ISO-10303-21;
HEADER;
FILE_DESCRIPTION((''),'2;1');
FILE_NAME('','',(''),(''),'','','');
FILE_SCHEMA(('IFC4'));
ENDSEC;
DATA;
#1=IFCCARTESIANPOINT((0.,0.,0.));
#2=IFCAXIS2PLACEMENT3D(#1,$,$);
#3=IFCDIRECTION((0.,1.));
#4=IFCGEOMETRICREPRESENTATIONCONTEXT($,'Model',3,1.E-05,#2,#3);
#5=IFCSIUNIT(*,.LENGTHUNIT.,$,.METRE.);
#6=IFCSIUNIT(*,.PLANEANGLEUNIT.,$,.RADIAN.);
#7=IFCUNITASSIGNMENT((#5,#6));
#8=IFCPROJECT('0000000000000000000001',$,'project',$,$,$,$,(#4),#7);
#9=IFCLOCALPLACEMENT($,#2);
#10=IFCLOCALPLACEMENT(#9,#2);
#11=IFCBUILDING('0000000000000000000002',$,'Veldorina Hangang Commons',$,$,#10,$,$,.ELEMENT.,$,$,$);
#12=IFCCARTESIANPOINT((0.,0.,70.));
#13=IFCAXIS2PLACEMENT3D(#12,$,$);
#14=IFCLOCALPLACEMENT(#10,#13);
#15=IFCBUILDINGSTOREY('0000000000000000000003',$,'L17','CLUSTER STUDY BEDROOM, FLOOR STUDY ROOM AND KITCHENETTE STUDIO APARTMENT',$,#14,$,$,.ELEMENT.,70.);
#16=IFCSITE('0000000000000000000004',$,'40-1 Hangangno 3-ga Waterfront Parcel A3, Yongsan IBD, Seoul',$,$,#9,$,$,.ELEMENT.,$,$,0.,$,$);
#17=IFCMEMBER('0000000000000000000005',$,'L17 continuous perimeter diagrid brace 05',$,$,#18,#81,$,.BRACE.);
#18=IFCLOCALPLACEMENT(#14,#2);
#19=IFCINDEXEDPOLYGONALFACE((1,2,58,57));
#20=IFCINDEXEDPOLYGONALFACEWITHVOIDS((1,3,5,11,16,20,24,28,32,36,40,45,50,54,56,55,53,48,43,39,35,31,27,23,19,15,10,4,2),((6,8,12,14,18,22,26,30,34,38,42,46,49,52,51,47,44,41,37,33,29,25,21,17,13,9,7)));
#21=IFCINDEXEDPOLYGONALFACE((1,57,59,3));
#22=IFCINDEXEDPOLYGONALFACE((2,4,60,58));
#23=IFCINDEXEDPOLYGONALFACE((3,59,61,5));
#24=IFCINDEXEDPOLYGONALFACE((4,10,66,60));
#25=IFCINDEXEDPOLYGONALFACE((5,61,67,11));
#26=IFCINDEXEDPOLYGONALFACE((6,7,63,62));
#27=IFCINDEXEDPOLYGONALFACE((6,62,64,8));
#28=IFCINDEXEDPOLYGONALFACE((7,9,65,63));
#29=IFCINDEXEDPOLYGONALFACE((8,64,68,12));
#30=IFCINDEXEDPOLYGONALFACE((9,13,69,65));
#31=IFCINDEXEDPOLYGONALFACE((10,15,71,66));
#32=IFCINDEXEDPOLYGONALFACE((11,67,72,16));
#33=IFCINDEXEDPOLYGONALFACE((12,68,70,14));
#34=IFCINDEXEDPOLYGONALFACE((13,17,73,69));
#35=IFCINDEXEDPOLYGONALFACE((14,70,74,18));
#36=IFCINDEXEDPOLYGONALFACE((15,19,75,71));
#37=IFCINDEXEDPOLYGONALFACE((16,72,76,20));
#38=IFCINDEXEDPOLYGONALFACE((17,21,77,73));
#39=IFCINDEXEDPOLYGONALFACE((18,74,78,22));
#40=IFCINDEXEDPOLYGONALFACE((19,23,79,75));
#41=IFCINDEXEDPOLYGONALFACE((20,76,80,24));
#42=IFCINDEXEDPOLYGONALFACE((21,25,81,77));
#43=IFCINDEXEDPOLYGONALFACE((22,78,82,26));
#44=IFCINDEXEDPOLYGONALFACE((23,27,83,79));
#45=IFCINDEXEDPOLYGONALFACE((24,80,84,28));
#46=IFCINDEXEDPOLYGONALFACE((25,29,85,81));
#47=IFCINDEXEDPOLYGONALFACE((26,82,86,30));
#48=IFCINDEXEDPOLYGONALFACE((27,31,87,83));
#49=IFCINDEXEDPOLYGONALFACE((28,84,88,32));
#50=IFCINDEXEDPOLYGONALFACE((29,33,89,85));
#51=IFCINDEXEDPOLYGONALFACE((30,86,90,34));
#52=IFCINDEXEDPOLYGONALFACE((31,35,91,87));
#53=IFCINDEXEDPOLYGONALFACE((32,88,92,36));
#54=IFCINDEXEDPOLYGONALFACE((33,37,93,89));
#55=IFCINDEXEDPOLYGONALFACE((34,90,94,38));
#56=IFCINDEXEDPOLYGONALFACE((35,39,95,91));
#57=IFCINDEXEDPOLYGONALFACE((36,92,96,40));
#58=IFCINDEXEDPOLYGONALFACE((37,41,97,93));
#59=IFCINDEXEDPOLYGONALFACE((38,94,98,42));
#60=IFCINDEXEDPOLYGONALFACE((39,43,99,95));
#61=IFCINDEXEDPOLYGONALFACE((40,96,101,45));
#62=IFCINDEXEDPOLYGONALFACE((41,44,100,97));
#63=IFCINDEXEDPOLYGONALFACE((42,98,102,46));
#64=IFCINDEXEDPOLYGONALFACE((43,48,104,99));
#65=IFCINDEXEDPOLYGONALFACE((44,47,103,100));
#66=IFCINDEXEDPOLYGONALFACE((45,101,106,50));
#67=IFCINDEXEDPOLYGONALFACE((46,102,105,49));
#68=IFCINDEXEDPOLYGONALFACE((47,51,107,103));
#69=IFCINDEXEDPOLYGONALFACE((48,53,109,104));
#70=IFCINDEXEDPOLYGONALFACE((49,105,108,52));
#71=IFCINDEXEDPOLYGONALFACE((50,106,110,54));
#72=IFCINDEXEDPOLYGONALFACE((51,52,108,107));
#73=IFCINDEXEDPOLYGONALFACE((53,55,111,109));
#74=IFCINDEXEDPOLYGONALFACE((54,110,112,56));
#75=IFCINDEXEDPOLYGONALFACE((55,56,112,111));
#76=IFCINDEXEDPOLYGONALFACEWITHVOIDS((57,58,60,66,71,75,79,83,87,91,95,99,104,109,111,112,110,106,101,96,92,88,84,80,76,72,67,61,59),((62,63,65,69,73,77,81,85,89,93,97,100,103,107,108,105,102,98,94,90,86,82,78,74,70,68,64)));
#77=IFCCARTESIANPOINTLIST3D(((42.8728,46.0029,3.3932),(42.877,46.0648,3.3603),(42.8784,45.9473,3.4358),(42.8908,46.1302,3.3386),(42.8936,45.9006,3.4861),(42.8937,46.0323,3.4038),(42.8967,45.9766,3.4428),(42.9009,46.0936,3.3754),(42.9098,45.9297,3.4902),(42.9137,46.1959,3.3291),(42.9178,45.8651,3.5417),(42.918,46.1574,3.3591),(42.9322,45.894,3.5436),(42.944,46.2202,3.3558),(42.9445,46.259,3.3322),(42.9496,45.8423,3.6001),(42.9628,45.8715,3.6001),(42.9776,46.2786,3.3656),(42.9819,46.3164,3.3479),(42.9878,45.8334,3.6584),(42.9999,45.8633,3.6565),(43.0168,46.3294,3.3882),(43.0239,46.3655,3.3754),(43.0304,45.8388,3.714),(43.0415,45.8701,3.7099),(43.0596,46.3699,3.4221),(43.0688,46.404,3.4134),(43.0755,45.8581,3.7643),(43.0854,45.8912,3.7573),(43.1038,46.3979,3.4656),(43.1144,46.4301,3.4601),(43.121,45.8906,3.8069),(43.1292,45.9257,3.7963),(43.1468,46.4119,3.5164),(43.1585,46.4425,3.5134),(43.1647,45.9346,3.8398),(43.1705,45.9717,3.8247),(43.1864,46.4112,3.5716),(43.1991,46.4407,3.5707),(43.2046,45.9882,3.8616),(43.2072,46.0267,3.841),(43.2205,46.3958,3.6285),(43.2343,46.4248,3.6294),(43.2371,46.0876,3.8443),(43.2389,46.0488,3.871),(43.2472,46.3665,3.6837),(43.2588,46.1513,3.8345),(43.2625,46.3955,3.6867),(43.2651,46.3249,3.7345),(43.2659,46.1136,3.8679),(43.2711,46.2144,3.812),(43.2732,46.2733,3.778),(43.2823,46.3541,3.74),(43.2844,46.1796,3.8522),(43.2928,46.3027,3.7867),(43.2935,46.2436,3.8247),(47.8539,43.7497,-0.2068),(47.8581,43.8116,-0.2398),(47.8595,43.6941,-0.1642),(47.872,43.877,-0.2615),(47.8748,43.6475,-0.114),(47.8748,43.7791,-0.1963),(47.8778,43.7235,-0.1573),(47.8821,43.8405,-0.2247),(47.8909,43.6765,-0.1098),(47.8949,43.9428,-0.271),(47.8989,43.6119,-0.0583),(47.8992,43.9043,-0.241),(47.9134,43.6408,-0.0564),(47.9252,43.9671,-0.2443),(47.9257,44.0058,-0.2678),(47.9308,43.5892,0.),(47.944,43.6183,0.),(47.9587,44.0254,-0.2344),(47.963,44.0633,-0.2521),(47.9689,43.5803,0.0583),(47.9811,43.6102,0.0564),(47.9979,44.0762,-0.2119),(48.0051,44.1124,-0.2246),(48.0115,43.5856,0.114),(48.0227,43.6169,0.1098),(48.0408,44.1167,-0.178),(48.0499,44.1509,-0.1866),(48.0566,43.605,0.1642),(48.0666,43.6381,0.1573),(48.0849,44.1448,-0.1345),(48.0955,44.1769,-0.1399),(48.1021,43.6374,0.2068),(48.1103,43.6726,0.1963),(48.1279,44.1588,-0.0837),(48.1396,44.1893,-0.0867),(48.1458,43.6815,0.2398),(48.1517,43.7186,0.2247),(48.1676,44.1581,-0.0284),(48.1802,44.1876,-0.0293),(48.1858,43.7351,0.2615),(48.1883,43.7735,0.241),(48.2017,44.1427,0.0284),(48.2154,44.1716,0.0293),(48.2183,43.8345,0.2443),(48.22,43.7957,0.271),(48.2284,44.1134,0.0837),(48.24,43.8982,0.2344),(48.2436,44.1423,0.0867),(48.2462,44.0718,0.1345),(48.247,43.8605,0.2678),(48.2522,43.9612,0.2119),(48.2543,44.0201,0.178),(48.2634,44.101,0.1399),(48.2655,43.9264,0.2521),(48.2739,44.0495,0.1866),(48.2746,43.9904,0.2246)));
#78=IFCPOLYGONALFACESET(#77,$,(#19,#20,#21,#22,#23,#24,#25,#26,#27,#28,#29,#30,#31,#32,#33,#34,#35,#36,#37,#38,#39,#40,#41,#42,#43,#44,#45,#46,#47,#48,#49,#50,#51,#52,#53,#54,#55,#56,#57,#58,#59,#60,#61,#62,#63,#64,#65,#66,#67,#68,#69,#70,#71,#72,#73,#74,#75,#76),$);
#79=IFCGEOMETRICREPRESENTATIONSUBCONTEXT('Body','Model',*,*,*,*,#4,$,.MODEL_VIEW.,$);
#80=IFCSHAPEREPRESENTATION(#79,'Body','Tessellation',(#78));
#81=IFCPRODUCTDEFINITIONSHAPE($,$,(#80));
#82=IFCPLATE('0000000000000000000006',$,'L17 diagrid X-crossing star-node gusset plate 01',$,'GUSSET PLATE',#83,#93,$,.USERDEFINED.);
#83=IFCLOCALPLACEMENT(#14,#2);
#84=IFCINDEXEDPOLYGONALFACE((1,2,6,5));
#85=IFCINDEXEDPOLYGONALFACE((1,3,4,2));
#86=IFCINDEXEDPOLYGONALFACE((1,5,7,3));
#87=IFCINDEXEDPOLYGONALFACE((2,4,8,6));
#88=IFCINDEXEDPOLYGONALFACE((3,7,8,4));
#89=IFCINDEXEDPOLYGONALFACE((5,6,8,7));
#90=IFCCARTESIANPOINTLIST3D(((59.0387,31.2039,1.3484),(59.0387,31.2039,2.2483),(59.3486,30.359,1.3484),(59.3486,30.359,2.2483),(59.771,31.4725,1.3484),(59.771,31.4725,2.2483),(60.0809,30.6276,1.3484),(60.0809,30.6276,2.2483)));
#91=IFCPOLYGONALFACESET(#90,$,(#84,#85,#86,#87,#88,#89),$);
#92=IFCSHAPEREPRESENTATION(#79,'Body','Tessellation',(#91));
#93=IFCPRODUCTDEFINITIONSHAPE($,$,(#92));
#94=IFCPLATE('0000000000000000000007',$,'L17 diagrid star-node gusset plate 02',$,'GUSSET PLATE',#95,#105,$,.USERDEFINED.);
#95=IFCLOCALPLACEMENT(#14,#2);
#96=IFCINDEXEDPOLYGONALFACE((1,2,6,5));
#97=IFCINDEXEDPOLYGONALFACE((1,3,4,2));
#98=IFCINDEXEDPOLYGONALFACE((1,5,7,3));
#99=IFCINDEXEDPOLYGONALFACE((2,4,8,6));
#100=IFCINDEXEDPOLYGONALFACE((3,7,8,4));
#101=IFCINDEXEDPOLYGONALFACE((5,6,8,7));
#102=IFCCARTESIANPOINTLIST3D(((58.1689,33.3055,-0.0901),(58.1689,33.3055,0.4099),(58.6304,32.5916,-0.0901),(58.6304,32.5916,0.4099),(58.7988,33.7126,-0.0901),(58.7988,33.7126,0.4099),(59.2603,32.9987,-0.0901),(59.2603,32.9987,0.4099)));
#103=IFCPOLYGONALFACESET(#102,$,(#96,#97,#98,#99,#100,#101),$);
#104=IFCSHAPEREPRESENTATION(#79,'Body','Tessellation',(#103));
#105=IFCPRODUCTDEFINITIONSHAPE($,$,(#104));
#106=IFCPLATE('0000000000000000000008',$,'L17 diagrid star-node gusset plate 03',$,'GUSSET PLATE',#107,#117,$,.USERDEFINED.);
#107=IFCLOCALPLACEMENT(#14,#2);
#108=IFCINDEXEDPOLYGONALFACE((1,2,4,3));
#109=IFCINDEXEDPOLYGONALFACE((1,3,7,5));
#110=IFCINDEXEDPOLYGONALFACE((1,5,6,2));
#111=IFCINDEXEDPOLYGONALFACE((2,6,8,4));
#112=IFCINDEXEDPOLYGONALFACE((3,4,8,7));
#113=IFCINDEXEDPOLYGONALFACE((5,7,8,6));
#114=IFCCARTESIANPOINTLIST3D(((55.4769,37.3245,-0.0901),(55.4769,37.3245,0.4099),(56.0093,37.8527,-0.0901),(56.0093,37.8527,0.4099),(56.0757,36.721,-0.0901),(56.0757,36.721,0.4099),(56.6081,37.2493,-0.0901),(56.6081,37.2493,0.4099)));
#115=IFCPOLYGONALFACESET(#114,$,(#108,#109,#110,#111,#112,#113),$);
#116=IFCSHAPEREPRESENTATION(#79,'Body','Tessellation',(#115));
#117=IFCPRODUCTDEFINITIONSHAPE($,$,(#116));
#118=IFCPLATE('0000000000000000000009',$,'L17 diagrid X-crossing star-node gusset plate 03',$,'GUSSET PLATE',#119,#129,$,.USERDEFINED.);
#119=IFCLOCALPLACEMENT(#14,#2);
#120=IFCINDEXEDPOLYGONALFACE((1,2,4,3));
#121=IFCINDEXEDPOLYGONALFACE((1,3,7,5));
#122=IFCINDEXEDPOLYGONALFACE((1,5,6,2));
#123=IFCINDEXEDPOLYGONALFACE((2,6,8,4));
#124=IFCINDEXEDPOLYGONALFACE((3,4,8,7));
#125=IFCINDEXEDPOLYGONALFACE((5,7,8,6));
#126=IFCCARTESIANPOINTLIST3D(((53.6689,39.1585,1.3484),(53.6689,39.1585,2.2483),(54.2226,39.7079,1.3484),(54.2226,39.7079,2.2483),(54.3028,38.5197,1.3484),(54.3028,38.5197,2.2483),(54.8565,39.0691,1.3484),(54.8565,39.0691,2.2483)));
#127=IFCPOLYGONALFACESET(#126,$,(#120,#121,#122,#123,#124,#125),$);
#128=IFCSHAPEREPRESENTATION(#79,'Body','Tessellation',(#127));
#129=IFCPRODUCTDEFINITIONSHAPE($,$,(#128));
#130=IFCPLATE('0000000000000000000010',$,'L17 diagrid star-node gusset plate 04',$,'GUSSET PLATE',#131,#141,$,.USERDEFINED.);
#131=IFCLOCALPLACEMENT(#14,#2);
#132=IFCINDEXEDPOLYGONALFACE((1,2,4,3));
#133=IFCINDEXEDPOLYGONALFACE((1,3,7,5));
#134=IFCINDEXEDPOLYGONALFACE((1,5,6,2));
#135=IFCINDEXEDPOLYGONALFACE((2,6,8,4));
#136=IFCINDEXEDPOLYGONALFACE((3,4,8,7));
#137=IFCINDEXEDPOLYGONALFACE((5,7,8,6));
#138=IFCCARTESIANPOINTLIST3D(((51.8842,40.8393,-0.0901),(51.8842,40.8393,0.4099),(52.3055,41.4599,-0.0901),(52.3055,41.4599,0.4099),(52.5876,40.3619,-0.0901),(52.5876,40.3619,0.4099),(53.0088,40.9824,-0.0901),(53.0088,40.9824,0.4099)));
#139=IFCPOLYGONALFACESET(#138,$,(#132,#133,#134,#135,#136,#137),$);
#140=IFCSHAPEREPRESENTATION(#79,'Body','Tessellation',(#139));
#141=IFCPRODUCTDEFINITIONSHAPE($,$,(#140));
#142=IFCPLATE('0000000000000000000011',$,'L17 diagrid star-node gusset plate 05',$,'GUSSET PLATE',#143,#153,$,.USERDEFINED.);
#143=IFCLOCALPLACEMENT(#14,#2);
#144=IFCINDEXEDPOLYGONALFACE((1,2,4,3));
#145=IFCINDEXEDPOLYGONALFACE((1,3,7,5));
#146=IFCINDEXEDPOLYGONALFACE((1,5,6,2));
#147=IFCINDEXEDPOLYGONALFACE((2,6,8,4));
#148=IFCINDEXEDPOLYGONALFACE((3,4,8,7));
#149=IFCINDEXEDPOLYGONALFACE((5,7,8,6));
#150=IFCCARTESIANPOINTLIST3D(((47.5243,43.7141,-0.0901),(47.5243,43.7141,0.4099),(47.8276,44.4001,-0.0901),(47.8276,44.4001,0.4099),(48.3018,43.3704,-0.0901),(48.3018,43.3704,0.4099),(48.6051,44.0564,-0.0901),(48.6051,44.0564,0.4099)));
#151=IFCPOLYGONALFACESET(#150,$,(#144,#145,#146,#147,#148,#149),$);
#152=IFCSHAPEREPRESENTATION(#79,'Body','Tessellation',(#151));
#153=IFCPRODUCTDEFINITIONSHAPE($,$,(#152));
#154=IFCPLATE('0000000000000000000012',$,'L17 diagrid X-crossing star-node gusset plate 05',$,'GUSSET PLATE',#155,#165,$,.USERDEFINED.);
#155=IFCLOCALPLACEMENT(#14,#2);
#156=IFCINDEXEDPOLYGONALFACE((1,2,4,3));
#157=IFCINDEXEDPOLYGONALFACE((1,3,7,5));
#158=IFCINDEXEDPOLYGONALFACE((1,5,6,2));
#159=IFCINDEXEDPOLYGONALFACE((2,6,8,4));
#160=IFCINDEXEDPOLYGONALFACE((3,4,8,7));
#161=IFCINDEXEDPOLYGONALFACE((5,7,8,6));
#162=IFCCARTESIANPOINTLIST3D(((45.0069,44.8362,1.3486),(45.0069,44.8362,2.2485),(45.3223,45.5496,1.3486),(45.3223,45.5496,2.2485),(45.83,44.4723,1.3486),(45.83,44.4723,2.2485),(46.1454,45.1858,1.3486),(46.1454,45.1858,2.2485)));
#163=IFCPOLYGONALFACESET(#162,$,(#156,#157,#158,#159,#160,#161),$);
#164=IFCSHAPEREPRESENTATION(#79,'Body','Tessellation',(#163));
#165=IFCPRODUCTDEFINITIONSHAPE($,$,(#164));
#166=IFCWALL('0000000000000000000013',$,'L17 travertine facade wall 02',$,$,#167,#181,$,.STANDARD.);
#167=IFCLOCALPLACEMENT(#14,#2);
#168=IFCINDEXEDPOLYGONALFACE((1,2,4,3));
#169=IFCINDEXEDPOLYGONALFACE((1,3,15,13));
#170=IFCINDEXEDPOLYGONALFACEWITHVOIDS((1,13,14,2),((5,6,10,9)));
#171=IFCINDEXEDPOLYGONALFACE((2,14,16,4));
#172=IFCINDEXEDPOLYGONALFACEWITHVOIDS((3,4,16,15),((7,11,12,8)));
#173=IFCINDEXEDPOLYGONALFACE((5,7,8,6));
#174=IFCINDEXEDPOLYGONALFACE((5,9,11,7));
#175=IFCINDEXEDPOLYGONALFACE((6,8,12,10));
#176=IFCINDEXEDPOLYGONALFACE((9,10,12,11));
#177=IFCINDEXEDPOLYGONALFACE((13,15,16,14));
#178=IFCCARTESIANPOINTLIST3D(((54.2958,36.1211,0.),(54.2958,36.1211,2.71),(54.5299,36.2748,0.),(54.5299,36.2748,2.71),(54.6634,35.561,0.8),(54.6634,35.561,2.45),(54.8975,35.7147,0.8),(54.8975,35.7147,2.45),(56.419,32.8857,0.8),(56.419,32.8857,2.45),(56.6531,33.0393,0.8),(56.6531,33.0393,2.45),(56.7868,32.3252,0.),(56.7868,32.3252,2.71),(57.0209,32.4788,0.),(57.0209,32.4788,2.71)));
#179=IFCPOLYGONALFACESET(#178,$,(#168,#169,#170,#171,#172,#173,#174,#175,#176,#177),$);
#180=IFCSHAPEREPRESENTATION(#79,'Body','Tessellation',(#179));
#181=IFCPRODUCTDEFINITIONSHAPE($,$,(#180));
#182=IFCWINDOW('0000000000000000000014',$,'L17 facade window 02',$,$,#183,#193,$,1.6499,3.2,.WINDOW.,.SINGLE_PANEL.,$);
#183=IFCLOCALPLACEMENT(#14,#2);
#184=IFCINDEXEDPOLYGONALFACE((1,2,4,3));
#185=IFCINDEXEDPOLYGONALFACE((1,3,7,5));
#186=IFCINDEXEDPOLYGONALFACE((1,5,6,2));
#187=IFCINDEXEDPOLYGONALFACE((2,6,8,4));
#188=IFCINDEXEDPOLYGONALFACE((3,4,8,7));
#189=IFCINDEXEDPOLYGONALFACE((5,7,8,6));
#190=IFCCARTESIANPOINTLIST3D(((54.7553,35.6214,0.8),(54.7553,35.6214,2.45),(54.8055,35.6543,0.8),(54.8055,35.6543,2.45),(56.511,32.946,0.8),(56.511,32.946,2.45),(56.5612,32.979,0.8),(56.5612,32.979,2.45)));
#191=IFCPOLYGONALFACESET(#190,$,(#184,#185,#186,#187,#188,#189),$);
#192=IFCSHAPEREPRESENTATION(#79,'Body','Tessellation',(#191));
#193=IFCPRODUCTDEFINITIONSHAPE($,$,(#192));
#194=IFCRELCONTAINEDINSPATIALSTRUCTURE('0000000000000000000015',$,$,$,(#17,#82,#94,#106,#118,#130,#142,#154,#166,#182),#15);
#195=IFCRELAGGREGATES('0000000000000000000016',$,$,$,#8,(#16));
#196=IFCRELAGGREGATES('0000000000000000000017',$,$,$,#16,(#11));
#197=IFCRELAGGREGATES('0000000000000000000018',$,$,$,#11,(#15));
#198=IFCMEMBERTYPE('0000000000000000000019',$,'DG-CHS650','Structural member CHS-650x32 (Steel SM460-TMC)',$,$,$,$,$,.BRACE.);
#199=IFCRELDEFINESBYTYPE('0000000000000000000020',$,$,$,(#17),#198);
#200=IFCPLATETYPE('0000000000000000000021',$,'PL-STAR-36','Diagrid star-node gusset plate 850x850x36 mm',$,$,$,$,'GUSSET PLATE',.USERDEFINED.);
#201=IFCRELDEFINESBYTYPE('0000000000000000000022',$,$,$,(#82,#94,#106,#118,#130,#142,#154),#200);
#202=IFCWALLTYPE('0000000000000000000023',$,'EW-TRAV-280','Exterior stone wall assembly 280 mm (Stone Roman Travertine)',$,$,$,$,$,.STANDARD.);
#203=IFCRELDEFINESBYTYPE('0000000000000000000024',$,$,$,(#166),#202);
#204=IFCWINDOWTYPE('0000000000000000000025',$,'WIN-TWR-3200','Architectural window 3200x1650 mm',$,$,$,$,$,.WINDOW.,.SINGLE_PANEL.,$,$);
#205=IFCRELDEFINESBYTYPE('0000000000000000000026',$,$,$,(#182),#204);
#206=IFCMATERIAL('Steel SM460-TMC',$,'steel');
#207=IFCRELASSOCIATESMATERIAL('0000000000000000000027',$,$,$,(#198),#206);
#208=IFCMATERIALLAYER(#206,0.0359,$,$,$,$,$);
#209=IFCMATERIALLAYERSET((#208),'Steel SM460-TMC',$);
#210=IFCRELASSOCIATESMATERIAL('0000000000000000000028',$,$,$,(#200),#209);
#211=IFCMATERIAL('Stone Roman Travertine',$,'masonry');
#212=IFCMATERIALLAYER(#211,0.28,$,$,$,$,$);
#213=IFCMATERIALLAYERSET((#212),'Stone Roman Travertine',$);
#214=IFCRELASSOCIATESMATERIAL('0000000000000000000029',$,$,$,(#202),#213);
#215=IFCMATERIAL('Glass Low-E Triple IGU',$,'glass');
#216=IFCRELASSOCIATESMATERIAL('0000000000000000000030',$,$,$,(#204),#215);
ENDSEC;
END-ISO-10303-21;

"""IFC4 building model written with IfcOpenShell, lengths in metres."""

from ifc_helpers import new_model, si_unit, direction, frame, frame_2d, origin, origin_2d, place, context, subcontext, project, spatial, rectangle, hollow_circle, extrude, material, layer, layer_set, material_profile, profile_set, type_object, element, fill, save


model = new_model("IFC4")

# Units and contexts
model_context = context("Model", 3, precision=1e-05, world=origin(), true_north=direction((0.0, 1.0)))
body_context = subcontext(model_context, "Body", "Model", "MODEL_VIEW")
ifc_project = project(units=[si_unit("LENGTHUNIT", "METRE"), si_unit("PLANEANGLEUNIT", "RADIAN")], contexts=[model_context])

# Site, building, storey
site_placement = place(None, origin())
site = spatial("IfcSite", under=ifc_project, at=site_placement, Name="40-1 Hangangno 3-ga Waterfront Parcel A3, Yongsan IBD, Seoul", CompositionType="ELEMENT", RefElevation=0.0)
building_placement = place(site_placement, origin())
building = spatial("IfcBuilding", under=site, at=building_placement, Name="Veldorina Hangang Commons", CompositionType="ELEMENT")
storey_placement = place(building_placement, frame((0.0, 0.0, 70.0)))
storey = spatial("IfcBuildingStorey", under=building, at=storey_placement, Name="L17", Description="CLUSTER STUDY BEDROOM, FLOOR STUDY ROOM AND KITCHENETTE STUDIO APARTMENT", CompositionType="ELEMENT", Elevation=70.0)

# Member
ifc_material_1 = material(Name="Steel SM460-TMC", Category="steel")
ifc_material_profile_1 = material_profile(ifc_material_1, hollow_circle(Radius=0.325, WallThickness=0.032, at=origin_2d()), Name="CHS-650x32")
ifc_profile_set_1 = profile_set([ifc_material_profile_1], Name="Steel SM460-TMC")
member_type = type_object("IfcMemberType", Name="DG-CHS650", Description="Structural member CHS-650x32 (Steel SM460-TMC)", PredefinedType="BRACE", material=ifc_profile_set_1)
member_1_placement = place(storey_placement, frame((48.0647, 43.8853, 0.0), z_axis=(-0.760956, 0.344207, 0.549971), x_axis=(-0.412133, -0.911123, 0.0)))
element("IfcMember", 1, at=member_1_placement, inside=storey, type_object=member_type, Name="L17 continuous perimeter diagrid brace 05", PredefinedType="BRACE", context=body_context, shape_type="SweptSolid", body=[
    extrude(hollow_circle(Radius=0.325, WallThickness=0.032, at=origin_2d()), origin(), (0.0, 0.0, 1.0), 6.5459),
])

# Plates
ifc_layer_1 = layer(ifc_material_1, 0.0359)
ifc_layer_set_1 = layer_set([ifc_layer_1], Name="Steel SM460-TMC")
plate_type = type_object("IfcPlateType", Name="PL-STAR-36", Description="Diagrid star-node gusset plate 850x850x36 mm", ElementType="GUSSET PLATE", PredefinedType="USERDEFINED", material=ifc_layer_set_1)
plate_1_placement = place(storey_placement, frame((59.5598, 30.9158, 1.3484), z_axis=(0.0, 0.0, 1.0), x_axis=(-0.344332, 0.938848, 0.0)))
element("IfcPlate", 2, at=plate_1_placement, inside=storey, type_object=plate_type, Name="L17 diagrid X-crossing star-node gusset plate 01", ObjectType="GUSSET PLATE", PredefinedType="USERDEFINED", context=body_context, shape_type="SweptSolid", body=[
    extrude(rectangle(XDim=0.8999, YDim=0.78, at=origin_2d()), origin(), (0.0, 0.0, 1.0), 0.8999),
])
for number, where, z_axis, x_axis, name in (
    (3, (58.7146, 33.1521, -0.0901), (0.0, 0.0, 1.0), (-0.542779, 0.839876, 0.0), "L17 diagrid star-node gusset plate 02"),
    (4, (56.0425, 37.2869, -0.0901), (0.0, 0.0, 1.0), (-0.704349, 0.709854, 0.0), "L17 diagrid star-node gusset plate 03"),
):
    element("IfcPlate", number, at=place(storey_placement, frame(where, z_axis=z_axis, x_axis=x_axis)), inside=storey, type_object=plate_type, Name=name, ObjectType="GUSSET PLATE", PredefinedType="USERDEFINED", context=body_context, shape_type="SweptSolid", body=[
        extrude(rectangle(XDim=0.8501, YDim=0.75, at=origin_2d()), origin(), (0.0, 0.0, 1.0), 0.5),
    ])
plate_2_placement = place(storey_placement, frame((54.2627, 39.1138, 1.3484), z_axis=(0.0, 0.0, 1.0), x_axis=(-0.704349, 0.709854, 0.0)))
element("IfcPlate", 5, at=plate_2_placement, inside=storey, type_object=plate_type, Name="L17 diagrid X-crossing star-node gusset plate 03", ObjectType="GUSSET PLATE", PredefinedType="USERDEFINED", context=body_context, shape_type="SweptSolid", body=[
    extrude(rectangle(XDim=0.8999, YDim=0.78, at=origin_2d()), origin(), (0.0, 0.0, 1.0), 0.8999),
])
for number, where, z_axis, x_axis, name in (
    (6, (52.4465, 40.9109, -0.0901), (0.0, 0.0, 1.0), (-0.827394, 0.561621, 0.0), "L17 diagrid star-node gusset plate 04"),
    (7, (48.0647, 43.8853, -0.0901), (0.0, 0.0, 1.0), (-0.914614, 0.404328, 0.0), "L17 diagrid star-node gusset plate 05"),
):
    element("IfcPlate", number, at=place(storey_placement, frame(where, z_axis=z_axis, x_axis=x_axis)), inside=storey, type_object=plate_type, Name=name, ObjectType="GUSSET PLATE", PredefinedType="USERDEFINED", context=body_context, shape_type="SweptSolid", body=[
        extrude(rectangle(XDim=0.8501, YDim=0.75, at=origin_2d()), origin(), (0.0, 0.0, 1.0), 0.5),
    ])
plate_3_placement = place(storey_placement, frame((45.5762, 45.011, 1.3486), z_axis=(0.0, 0.0, 1.0), x_axis=(-0.914614, 0.404328, 0.0)))
element("IfcPlate", 8, at=plate_3_placement, inside=storey, type_object=plate_type, Name="L17 diagrid X-crossing star-node gusset plate 05", ObjectType="GUSSET PLATE", PredefinedType="USERDEFINED", context=body_context, shape_type="SweptSolid", body=[
    extrude(rectangle(XDim=0.8999, YDim=0.78, at=origin_2d()), origin(), (0.0, 0.0, 1.0), 0.8999),
])

# Wall, opening, window
ifc_material_2 = material(Name="Stone Roman Travertine", Category="masonry")
ifc_layer_2 = layer(ifc_material_2, 0.28)
ifc_layer_set_2 = layer_set([ifc_layer_2], Name="Stone Roman Travertine")
wall_type_1 = type_object("IfcWallType", Name="EW-TRAV-280", Description="Exterior stone wall assembly 280 mm (Stone Roman Travertine)", PredefinedType="STANDARD", material=ifc_layer_set_2)
wall_1_placement = place(storey_placement, frame((56.9038, 32.4021, 0.0), z_axis=(0.0, 0.0, 1.0), x_axis=(-0.548642, 0.836057, 0.0)))
wall_1 = element("IfcWall", 9, at=wall_1_placement, inside=storey, type_object=wall_type_1, Name="L17 travertine facade wall 02", PredefinedType="STANDARD", context=body_context, shape_type="SweptSolid", body=[
    extrude(rectangle(XDim=4.5403, YDim=0.28, at=frame_2d((2.27, 0.0))), origin(), (0.0, 0.0, 1.0), 2.71),
])
opening_1_placement = place(wall_1_placement, frame((0.6702, 0.0, 0.8)))
opening_1 = element("IfcOpeningElement", 10, at=opening_1_placement, cuts=wall_1, PredefinedType="OPENING", context=body_context, shape_type="SweptSolid", body=[
    extrude(rectangle(XDim=3.2, YDim=1.6499, at=frame_2d((1.6001, 0.825))), frame((0.0, 0.1499, 0.0), z_axis=(0.0, -1.0, 0.0), x_axis=(1.0, 0.0, 0.0)), (0.0, 0.0, 1.0), 0.3),
])
ifc_material_3 = material(Name="Glass Low-E Triple IGU", Category="glass")
window_type = type_object("IfcWindowType", Name="WIN-TWR-3200", Description="Architectural window 3200x1650 mm", PartitioningType="SINGLE_PANEL", PredefinedType="WINDOW", material=ifc_material_3)
window_1_placement = place(opening_1_placement, origin())
window_1 = element("IfcWindow", 11, at=window_1_placement, inside=storey, type_object=window_type, Name="L17 facade window 02", OverallHeight=1.6499, OverallWidth=3.2, PartitioningType="SINGLE_PANEL", PredefinedType="WINDOW", context=body_context, shape_type="SweptSolid", body=[
    extrude(rectangle(XDim=3.2, YDim=1.6499, at=frame_2d((1.6001, 0.825))), frame((0.0, 0.03, 0.0), z_axis=(0.0, -1.0, 0.0), x_axis=(1.0, 0.0, 0.0)), (0.0, 0.0, 1.0), 0.0601),
])
fill(opening_1, window_1)

save(model, "model.ifc")
